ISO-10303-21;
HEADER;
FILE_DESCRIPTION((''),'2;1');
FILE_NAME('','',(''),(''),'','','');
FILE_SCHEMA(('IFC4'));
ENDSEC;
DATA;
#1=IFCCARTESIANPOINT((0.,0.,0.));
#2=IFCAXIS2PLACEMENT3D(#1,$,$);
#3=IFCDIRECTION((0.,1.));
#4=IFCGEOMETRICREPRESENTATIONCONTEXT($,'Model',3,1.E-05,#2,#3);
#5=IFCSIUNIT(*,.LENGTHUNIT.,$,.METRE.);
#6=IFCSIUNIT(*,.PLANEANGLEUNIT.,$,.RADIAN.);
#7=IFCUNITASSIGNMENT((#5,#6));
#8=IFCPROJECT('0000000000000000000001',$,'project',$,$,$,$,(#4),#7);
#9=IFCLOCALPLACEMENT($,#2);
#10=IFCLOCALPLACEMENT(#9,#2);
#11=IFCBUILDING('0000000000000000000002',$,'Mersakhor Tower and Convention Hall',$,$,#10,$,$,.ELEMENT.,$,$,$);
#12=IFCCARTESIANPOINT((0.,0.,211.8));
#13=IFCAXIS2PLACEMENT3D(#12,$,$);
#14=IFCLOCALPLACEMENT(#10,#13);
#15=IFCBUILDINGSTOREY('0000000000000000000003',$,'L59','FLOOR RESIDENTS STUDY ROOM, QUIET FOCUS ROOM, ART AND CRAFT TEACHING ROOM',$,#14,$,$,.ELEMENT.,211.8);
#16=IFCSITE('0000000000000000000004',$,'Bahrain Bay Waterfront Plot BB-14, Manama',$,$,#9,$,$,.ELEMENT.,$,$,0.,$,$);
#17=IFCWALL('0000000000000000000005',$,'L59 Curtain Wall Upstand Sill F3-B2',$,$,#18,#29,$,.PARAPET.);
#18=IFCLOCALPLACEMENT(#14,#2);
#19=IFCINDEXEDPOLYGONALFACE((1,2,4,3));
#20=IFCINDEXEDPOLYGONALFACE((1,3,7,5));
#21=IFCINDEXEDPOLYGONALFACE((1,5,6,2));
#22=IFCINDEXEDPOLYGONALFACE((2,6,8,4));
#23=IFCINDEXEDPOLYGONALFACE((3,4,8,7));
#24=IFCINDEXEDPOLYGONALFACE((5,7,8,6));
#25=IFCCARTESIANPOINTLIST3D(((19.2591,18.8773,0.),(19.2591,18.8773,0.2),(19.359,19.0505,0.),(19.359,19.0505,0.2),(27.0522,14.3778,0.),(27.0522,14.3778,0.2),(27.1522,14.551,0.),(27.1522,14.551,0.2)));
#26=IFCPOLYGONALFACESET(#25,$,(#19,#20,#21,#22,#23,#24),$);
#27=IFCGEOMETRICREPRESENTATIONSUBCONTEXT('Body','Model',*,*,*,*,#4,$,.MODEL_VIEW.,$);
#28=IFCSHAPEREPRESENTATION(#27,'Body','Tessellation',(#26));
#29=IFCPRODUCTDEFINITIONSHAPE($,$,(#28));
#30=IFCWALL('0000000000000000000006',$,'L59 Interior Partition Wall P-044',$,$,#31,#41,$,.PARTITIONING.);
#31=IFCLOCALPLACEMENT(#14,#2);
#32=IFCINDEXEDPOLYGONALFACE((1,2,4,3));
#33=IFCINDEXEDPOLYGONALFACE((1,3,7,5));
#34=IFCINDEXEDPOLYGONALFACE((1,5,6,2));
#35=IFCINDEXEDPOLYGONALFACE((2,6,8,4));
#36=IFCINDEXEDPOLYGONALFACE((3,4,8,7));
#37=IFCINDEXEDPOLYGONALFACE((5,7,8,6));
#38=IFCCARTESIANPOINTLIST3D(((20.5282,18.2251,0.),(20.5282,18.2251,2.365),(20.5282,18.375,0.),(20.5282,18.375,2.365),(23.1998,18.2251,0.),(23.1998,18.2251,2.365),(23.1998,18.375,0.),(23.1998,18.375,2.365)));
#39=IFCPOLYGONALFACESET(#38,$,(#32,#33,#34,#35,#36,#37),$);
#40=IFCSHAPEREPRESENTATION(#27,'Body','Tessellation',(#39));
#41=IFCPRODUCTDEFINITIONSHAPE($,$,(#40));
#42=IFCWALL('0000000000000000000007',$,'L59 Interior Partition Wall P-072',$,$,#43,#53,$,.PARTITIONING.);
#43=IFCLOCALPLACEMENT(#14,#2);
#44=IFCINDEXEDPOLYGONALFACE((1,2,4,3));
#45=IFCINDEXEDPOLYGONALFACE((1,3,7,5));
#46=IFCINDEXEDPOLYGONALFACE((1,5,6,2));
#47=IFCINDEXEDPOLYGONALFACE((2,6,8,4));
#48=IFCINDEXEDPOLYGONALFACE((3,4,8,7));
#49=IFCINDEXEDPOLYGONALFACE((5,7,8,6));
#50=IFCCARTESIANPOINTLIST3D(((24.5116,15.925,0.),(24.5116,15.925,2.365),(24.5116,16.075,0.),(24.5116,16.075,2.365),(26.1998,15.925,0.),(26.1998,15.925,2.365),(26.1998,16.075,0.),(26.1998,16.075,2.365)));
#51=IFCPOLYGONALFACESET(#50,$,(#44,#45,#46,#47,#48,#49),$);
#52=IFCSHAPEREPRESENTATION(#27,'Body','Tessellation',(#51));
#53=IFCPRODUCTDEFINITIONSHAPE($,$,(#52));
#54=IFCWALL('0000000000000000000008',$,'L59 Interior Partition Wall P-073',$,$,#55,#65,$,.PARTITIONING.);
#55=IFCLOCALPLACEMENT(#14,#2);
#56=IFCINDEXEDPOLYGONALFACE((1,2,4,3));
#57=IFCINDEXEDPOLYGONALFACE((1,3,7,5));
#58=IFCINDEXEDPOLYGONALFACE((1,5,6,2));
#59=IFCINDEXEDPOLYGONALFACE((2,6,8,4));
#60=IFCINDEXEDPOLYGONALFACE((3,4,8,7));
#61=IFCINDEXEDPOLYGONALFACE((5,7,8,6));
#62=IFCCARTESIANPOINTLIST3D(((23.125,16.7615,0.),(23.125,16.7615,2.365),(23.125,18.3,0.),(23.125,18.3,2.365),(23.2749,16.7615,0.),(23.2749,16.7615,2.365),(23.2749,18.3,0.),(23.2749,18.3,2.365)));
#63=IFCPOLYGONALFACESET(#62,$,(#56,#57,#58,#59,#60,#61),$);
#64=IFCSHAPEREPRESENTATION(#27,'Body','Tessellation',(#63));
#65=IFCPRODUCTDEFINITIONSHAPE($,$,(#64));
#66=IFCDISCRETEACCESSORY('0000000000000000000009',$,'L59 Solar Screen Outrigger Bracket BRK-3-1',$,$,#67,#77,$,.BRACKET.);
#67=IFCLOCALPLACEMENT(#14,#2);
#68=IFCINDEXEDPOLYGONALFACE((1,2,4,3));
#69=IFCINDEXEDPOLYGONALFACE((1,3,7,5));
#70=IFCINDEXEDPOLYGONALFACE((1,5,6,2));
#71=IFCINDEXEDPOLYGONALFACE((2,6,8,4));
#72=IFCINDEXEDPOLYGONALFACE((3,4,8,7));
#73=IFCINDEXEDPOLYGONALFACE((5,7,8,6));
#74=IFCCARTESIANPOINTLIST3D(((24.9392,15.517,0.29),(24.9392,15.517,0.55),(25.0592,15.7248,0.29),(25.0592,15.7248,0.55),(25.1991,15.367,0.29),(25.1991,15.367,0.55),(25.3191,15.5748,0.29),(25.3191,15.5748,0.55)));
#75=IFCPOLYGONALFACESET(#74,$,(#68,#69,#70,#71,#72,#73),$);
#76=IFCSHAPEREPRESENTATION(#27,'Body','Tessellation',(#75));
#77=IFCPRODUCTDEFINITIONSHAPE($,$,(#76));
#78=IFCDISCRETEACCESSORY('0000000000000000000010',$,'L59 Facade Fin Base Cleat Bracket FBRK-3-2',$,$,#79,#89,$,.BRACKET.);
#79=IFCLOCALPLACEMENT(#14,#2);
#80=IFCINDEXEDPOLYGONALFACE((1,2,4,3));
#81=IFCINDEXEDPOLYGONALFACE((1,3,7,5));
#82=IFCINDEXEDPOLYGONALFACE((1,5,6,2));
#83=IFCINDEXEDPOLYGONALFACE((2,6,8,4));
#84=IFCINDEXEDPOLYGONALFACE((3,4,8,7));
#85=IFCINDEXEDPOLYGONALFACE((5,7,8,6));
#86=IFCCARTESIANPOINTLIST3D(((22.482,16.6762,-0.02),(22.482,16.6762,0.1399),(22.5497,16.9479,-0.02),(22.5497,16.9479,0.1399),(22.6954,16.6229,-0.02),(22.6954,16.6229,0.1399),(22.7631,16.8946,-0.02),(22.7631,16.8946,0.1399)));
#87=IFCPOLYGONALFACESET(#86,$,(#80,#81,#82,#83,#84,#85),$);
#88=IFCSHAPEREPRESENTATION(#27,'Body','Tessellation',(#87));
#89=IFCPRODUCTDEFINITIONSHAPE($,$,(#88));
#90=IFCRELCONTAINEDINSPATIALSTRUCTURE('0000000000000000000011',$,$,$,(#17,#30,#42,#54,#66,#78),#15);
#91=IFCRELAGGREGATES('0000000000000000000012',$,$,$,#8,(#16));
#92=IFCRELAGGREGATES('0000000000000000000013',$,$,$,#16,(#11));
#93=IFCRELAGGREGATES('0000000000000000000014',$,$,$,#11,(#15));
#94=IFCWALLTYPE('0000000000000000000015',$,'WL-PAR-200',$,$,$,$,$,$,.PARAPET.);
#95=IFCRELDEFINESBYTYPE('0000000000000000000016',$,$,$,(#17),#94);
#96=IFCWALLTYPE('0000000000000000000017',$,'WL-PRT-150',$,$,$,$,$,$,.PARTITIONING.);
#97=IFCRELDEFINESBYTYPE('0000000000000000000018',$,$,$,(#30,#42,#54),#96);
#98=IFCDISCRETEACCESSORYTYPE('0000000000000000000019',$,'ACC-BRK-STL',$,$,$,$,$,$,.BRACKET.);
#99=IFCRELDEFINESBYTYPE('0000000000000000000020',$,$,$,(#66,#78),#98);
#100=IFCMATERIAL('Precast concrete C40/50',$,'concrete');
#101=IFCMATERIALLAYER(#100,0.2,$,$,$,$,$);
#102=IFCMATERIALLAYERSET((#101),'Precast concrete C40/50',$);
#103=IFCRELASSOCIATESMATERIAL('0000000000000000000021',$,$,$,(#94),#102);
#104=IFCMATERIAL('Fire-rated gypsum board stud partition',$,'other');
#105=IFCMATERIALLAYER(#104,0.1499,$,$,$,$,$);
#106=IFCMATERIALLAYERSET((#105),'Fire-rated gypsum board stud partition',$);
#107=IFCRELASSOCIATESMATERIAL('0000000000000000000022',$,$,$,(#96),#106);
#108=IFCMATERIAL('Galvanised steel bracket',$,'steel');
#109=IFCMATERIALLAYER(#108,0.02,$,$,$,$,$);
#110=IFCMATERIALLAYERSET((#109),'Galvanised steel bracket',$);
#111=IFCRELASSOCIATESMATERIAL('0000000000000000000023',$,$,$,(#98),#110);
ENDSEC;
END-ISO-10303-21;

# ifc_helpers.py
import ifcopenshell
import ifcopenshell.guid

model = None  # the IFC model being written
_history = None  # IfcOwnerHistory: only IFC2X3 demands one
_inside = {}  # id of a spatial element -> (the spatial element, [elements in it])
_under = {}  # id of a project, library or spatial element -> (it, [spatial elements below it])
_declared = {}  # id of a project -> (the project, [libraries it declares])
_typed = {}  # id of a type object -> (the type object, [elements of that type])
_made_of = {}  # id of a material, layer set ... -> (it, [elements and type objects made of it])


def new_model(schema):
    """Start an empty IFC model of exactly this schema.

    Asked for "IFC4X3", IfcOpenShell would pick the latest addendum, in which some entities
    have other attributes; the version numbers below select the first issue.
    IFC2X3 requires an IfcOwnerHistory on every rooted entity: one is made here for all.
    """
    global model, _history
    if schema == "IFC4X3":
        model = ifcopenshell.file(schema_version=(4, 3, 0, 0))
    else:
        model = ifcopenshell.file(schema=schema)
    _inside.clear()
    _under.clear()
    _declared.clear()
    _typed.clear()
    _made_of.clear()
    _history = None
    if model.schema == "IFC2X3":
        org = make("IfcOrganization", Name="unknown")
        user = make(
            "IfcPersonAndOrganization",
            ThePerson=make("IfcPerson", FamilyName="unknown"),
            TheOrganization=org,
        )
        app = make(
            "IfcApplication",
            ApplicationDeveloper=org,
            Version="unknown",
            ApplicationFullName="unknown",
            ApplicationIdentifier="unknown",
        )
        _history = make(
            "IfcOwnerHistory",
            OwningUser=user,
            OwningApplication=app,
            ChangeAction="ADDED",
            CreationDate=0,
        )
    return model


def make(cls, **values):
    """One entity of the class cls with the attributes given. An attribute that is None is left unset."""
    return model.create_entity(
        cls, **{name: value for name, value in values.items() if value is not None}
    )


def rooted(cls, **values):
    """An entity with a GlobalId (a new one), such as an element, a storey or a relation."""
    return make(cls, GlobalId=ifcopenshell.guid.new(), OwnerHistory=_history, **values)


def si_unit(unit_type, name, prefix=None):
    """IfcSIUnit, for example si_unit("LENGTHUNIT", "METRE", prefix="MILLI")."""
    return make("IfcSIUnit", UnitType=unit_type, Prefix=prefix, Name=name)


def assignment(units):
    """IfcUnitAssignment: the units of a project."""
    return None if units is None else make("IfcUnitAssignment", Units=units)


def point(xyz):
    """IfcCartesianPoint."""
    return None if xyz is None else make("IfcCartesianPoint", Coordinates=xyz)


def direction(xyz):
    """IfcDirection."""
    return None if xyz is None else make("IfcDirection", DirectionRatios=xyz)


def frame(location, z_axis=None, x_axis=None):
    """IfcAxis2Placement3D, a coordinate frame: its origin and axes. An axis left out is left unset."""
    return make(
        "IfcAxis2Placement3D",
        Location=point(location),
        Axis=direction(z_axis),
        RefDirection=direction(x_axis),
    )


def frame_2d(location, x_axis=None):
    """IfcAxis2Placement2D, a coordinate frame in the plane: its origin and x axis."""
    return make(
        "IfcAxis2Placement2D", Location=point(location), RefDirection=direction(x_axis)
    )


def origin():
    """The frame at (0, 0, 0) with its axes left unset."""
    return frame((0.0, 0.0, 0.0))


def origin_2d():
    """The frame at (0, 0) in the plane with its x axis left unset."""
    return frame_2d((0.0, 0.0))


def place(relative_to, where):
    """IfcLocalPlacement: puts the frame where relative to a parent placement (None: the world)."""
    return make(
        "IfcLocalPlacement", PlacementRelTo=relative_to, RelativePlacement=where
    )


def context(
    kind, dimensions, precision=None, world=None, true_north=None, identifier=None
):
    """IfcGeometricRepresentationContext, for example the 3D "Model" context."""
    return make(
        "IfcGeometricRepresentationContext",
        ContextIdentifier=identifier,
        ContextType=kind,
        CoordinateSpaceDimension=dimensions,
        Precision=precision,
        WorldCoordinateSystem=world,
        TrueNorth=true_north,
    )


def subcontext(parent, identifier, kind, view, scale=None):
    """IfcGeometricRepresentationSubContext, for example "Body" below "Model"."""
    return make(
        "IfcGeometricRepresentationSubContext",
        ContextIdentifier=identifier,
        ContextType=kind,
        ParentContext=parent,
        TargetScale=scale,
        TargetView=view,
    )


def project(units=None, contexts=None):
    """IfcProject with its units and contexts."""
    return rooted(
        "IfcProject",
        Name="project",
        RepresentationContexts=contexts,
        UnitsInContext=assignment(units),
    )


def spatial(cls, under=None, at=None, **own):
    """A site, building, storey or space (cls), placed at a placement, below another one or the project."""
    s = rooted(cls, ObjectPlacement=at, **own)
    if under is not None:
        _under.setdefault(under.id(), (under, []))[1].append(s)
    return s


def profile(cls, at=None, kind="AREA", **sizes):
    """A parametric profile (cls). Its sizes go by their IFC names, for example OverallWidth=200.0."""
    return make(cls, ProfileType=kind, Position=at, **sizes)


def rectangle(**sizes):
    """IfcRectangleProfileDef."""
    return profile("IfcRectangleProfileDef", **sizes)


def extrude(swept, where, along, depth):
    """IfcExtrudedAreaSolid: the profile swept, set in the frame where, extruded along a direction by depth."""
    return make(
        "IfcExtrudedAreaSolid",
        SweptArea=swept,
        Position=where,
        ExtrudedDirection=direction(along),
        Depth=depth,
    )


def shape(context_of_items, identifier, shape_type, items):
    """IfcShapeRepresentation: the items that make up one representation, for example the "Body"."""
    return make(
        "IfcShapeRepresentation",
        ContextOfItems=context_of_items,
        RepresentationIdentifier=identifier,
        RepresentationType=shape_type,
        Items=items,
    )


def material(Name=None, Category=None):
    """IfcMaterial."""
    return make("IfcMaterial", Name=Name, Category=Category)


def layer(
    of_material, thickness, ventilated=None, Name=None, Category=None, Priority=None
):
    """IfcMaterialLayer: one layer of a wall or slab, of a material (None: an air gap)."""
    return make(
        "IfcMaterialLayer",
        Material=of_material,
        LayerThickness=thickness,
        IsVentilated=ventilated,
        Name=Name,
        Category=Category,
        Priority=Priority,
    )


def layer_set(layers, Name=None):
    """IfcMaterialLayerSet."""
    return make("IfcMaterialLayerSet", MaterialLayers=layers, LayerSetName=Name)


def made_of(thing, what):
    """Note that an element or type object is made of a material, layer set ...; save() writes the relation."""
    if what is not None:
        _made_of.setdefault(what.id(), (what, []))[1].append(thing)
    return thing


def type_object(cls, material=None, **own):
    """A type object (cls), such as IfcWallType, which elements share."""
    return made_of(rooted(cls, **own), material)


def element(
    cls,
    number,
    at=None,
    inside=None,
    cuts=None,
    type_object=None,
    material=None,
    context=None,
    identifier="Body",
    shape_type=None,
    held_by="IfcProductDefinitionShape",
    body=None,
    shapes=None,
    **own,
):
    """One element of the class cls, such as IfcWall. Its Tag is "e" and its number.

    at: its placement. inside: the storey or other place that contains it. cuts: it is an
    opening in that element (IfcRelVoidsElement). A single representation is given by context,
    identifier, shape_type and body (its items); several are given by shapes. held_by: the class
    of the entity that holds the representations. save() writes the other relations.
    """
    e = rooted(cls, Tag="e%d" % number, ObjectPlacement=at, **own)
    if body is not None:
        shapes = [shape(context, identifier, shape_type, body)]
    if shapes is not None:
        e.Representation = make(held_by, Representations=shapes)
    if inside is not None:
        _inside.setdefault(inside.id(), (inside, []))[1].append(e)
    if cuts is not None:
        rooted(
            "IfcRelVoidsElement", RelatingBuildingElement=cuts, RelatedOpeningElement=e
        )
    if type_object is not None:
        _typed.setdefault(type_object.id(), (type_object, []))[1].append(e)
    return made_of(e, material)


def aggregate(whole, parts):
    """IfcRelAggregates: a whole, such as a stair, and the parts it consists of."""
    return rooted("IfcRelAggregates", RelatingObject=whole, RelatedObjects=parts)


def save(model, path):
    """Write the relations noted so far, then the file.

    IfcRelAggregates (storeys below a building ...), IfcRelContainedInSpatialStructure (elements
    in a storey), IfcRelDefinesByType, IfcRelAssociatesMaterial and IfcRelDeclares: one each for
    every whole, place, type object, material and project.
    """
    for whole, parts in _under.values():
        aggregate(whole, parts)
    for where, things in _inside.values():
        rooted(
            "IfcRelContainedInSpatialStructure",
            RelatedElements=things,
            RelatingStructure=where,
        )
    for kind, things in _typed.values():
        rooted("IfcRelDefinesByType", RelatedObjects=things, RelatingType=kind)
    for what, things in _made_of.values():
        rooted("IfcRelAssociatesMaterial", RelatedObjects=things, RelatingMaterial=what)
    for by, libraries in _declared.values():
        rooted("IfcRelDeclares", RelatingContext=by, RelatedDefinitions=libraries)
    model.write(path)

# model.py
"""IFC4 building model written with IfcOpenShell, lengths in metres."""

from ifc_helpers import new_model, si_unit, direction, frame, frame_2d, origin, origin_2d, place, context, subcontext, project, spatial, rectangle, extrude, material, layer, layer_set, type_object, element, save


model = new_model("IFC4")

# Units and contexts
model_context = context("Model", 3, precision=1e-05, world=origin(), true_north=direction((0.0, 1.0)))
body_context = subcontext(model_context, "Body", "Model", "MODEL_VIEW")
ifc_project = project(units=[si_unit("LENGTHUNIT", "METRE"), si_unit("PLANEANGLEUNIT", "RADIAN")], contexts=[model_context])

# Site, building, storey
site_placement = place(None, origin())
site = spatial("IfcSite", under=ifc_project, at=site_placement, Name="Bahrain Bay Waterfront Plot BB-14, Manama", CompositionType="ELEMENT", RefElevation=0.0)
building_placement = place(site_placement, origin())
building = spatial("IfcBuilding", under=site, at=building_placement, Name="Mersakhor Tower and Convention Hall", CompositionType="ELEMENT")
storey_placement = place(building_placement, frame((0.0, 0.0, 211.8)))
storey = spatial("IfcBuildingStorey", under=building, at=storey_placement, Name="L59", Description="FLOOR RESIDENTS STUDY ROOM, QUIET FOCUS ROOM, ART AND CRAFT TEACHING ROOM", CompositionType="ELEMENT", Elevation=211.8)

# Walls
ifc_material_1 = material(Name="Precast concrete C40/50", Category="concrete")
ifc_layer_1 = layer(ifc_material_1, 0.2)
ifc_layer_set_1 = layer_set([ifc_layer_1], Name="Precast concrete C40/50")
wall_type_1 = type_object("IfcWallType", Name="WL-PAR-200", PredefinedType="PARAPET", material=ifc_layer_set_1)
wall_1_placement = place(storey_placement, frame((27.1023, 14.4644, 0.0), z_axis=(0.0, 0.0, 1.0), x_axis=(-0.866021, 0.500008, 0.0)))
element("IfcWall", 1, at=wall_1_placement, inside=storey, type_object=wall_type_1, Name="L59 Curtain Wall Upstand Sill F3-B2", PredefinedType="PARAPET", context=body_context, shape_type="SweptSolid", body=[
    extrude(rectangle(XDim=8.9988, YDim=0.2, at=frame_2d((4.4995, 0.0))), origin(), (0.0, 0.0, 1.0), 0.2),
])
ifc_material_2 = material(Name="Fire-rated gypsum board stud partition", Category="other")
ifc_layer_2 = layer(ifc_material_2, 0.1499)
ifc_layer_set_2 = layer_set([ifc_layer_2], Name="Fire-rated gypsum board stud partition")
wall_type_2 = type_object("IfcWallType", Name="WL-PRT-150", PredefinedType="PARTITIONING", material=ifc_layer_set_2)
wall_2_placement = place(storey_placement, frame((23.2, 18.3, 0.0), z_axis=(0.0, 0.0, 1.0), x_axis=(-1.0, 0.0, 0.0)))
element("IfcWall", 2, at=wall_2_placement, inside=storey, type_object=wall_type_2, Name="L59 Interior Partition Wall P-044", PredefinedType="PARTITIONING", context=body_context, shape_type="SweptSolid", body=[
    extrude(rectangle(XDim=2.6716, YDim=0.1499, at=frame_2d((1.3359, 0.0))), origin(), (0.0, 0.0, 1.0), 2.365),
])
wall_3_placement = place(storey_placement, frame((26.2, 16.0, 0.0), z_axis=(0.0, 0.0, 1.0), x_axis=(-1.0, 0.0, 0.0)))
element("IfcWall", 3, at=wall_3_placement, inside=storey, type_object=wall_type_2, Name="L59 Interior Partition Wall P-072", PredefinedType="PARTITIONING", context=body_context, shape_type="SweptSolid", body=[
    extrude(rectangle(XDim=1.6882, YDim=0.1499, at=frame_2d((0.8442, 0.0))), origin(), (0.0, 0.0, 1.0), 2.365),
])
wall_4_placement = place(storey_placement, frame((23.2, 16.7615, 0.0), z_axis=(0.0, 0.0, 1.0), x_axis=(0.0, 1.0, 0.0)))
element("IfcWall", 4, at=wall_4_placement, inside=storey, type_object=wall_type_2, Name="L59 Interior Partition Wall P-073", PredefinedType="PARTITIONING", context=body_context, shape_type="SweptSolid", body=[
    extrude(rectangle(XDim=1.5386, YDim=0.1499, at=frame_2d((0.7693, 0.0))), origin(), (0.0, 0.0, 1.0), 2.365),
])

# Discrete accessories
ifc_material_3 = material(Name="Galvanised steel bracket", Category="steel")
ifc_layer_3 = layer(ifc_material_3, 0.02)
ifc_layer_set_3 = layer_set([ifc_layer_3], Name="Galvanised steel bracket")
discrete_accessory_type = type_object("IfcDiscreteAccessoryType", Name="ACC-BRK-STL", PredefinedType="BRACKET", material=ifc_layer_set_3)
discrete_accessory_1_placement = place(storey_placement, frame((25.1292, 15.5459, 0.29), z_axis=(0.0, 0.0, 1.0), x_axis=(-0.866025, 0.5, 0.0)))
element("IfcDiscreteAccessory", 5, at=discrete_accessory_1_placement, inside=storey, type_object=discrete_accessory_type, Name="L59 Solar Screen Outrigger Bracket BRK-3-1", PredefinedType="BRACKET", context=body_context, shape_type="SweptSolid", body=[
    extrude(rectangle(XDim=0.3, YDim=0.24, at=origin_2d()), origin(), (0.0, 0.0, 1.0), 0.26),
])
discrete_accessory_2_placement = place(storey_placement, frame((22.6226, 16.7854, -0.02), z_axis=(0.0, 0.0, 1.0), x_axis=(-0.241922, -0.970296, 0.0)))
element("IfcDiscreteAccessory", 6, at=discrete_accessory_2_placement, inside=storey, type_object=discrete_accessory_type, Name="L59 Facade Fin Base Cleat Bracket FBRK-3-2", PredefinedType="BRACKET", context=body_context, shape_type="SweptSolid", body=[
    extrude(rectangle(XDim=0.28, YDim=0.22, at=origin_2d()), origin(), (0.0, 0.0, 1.0), 0.1599),
])

save(model, "model.ifc")
